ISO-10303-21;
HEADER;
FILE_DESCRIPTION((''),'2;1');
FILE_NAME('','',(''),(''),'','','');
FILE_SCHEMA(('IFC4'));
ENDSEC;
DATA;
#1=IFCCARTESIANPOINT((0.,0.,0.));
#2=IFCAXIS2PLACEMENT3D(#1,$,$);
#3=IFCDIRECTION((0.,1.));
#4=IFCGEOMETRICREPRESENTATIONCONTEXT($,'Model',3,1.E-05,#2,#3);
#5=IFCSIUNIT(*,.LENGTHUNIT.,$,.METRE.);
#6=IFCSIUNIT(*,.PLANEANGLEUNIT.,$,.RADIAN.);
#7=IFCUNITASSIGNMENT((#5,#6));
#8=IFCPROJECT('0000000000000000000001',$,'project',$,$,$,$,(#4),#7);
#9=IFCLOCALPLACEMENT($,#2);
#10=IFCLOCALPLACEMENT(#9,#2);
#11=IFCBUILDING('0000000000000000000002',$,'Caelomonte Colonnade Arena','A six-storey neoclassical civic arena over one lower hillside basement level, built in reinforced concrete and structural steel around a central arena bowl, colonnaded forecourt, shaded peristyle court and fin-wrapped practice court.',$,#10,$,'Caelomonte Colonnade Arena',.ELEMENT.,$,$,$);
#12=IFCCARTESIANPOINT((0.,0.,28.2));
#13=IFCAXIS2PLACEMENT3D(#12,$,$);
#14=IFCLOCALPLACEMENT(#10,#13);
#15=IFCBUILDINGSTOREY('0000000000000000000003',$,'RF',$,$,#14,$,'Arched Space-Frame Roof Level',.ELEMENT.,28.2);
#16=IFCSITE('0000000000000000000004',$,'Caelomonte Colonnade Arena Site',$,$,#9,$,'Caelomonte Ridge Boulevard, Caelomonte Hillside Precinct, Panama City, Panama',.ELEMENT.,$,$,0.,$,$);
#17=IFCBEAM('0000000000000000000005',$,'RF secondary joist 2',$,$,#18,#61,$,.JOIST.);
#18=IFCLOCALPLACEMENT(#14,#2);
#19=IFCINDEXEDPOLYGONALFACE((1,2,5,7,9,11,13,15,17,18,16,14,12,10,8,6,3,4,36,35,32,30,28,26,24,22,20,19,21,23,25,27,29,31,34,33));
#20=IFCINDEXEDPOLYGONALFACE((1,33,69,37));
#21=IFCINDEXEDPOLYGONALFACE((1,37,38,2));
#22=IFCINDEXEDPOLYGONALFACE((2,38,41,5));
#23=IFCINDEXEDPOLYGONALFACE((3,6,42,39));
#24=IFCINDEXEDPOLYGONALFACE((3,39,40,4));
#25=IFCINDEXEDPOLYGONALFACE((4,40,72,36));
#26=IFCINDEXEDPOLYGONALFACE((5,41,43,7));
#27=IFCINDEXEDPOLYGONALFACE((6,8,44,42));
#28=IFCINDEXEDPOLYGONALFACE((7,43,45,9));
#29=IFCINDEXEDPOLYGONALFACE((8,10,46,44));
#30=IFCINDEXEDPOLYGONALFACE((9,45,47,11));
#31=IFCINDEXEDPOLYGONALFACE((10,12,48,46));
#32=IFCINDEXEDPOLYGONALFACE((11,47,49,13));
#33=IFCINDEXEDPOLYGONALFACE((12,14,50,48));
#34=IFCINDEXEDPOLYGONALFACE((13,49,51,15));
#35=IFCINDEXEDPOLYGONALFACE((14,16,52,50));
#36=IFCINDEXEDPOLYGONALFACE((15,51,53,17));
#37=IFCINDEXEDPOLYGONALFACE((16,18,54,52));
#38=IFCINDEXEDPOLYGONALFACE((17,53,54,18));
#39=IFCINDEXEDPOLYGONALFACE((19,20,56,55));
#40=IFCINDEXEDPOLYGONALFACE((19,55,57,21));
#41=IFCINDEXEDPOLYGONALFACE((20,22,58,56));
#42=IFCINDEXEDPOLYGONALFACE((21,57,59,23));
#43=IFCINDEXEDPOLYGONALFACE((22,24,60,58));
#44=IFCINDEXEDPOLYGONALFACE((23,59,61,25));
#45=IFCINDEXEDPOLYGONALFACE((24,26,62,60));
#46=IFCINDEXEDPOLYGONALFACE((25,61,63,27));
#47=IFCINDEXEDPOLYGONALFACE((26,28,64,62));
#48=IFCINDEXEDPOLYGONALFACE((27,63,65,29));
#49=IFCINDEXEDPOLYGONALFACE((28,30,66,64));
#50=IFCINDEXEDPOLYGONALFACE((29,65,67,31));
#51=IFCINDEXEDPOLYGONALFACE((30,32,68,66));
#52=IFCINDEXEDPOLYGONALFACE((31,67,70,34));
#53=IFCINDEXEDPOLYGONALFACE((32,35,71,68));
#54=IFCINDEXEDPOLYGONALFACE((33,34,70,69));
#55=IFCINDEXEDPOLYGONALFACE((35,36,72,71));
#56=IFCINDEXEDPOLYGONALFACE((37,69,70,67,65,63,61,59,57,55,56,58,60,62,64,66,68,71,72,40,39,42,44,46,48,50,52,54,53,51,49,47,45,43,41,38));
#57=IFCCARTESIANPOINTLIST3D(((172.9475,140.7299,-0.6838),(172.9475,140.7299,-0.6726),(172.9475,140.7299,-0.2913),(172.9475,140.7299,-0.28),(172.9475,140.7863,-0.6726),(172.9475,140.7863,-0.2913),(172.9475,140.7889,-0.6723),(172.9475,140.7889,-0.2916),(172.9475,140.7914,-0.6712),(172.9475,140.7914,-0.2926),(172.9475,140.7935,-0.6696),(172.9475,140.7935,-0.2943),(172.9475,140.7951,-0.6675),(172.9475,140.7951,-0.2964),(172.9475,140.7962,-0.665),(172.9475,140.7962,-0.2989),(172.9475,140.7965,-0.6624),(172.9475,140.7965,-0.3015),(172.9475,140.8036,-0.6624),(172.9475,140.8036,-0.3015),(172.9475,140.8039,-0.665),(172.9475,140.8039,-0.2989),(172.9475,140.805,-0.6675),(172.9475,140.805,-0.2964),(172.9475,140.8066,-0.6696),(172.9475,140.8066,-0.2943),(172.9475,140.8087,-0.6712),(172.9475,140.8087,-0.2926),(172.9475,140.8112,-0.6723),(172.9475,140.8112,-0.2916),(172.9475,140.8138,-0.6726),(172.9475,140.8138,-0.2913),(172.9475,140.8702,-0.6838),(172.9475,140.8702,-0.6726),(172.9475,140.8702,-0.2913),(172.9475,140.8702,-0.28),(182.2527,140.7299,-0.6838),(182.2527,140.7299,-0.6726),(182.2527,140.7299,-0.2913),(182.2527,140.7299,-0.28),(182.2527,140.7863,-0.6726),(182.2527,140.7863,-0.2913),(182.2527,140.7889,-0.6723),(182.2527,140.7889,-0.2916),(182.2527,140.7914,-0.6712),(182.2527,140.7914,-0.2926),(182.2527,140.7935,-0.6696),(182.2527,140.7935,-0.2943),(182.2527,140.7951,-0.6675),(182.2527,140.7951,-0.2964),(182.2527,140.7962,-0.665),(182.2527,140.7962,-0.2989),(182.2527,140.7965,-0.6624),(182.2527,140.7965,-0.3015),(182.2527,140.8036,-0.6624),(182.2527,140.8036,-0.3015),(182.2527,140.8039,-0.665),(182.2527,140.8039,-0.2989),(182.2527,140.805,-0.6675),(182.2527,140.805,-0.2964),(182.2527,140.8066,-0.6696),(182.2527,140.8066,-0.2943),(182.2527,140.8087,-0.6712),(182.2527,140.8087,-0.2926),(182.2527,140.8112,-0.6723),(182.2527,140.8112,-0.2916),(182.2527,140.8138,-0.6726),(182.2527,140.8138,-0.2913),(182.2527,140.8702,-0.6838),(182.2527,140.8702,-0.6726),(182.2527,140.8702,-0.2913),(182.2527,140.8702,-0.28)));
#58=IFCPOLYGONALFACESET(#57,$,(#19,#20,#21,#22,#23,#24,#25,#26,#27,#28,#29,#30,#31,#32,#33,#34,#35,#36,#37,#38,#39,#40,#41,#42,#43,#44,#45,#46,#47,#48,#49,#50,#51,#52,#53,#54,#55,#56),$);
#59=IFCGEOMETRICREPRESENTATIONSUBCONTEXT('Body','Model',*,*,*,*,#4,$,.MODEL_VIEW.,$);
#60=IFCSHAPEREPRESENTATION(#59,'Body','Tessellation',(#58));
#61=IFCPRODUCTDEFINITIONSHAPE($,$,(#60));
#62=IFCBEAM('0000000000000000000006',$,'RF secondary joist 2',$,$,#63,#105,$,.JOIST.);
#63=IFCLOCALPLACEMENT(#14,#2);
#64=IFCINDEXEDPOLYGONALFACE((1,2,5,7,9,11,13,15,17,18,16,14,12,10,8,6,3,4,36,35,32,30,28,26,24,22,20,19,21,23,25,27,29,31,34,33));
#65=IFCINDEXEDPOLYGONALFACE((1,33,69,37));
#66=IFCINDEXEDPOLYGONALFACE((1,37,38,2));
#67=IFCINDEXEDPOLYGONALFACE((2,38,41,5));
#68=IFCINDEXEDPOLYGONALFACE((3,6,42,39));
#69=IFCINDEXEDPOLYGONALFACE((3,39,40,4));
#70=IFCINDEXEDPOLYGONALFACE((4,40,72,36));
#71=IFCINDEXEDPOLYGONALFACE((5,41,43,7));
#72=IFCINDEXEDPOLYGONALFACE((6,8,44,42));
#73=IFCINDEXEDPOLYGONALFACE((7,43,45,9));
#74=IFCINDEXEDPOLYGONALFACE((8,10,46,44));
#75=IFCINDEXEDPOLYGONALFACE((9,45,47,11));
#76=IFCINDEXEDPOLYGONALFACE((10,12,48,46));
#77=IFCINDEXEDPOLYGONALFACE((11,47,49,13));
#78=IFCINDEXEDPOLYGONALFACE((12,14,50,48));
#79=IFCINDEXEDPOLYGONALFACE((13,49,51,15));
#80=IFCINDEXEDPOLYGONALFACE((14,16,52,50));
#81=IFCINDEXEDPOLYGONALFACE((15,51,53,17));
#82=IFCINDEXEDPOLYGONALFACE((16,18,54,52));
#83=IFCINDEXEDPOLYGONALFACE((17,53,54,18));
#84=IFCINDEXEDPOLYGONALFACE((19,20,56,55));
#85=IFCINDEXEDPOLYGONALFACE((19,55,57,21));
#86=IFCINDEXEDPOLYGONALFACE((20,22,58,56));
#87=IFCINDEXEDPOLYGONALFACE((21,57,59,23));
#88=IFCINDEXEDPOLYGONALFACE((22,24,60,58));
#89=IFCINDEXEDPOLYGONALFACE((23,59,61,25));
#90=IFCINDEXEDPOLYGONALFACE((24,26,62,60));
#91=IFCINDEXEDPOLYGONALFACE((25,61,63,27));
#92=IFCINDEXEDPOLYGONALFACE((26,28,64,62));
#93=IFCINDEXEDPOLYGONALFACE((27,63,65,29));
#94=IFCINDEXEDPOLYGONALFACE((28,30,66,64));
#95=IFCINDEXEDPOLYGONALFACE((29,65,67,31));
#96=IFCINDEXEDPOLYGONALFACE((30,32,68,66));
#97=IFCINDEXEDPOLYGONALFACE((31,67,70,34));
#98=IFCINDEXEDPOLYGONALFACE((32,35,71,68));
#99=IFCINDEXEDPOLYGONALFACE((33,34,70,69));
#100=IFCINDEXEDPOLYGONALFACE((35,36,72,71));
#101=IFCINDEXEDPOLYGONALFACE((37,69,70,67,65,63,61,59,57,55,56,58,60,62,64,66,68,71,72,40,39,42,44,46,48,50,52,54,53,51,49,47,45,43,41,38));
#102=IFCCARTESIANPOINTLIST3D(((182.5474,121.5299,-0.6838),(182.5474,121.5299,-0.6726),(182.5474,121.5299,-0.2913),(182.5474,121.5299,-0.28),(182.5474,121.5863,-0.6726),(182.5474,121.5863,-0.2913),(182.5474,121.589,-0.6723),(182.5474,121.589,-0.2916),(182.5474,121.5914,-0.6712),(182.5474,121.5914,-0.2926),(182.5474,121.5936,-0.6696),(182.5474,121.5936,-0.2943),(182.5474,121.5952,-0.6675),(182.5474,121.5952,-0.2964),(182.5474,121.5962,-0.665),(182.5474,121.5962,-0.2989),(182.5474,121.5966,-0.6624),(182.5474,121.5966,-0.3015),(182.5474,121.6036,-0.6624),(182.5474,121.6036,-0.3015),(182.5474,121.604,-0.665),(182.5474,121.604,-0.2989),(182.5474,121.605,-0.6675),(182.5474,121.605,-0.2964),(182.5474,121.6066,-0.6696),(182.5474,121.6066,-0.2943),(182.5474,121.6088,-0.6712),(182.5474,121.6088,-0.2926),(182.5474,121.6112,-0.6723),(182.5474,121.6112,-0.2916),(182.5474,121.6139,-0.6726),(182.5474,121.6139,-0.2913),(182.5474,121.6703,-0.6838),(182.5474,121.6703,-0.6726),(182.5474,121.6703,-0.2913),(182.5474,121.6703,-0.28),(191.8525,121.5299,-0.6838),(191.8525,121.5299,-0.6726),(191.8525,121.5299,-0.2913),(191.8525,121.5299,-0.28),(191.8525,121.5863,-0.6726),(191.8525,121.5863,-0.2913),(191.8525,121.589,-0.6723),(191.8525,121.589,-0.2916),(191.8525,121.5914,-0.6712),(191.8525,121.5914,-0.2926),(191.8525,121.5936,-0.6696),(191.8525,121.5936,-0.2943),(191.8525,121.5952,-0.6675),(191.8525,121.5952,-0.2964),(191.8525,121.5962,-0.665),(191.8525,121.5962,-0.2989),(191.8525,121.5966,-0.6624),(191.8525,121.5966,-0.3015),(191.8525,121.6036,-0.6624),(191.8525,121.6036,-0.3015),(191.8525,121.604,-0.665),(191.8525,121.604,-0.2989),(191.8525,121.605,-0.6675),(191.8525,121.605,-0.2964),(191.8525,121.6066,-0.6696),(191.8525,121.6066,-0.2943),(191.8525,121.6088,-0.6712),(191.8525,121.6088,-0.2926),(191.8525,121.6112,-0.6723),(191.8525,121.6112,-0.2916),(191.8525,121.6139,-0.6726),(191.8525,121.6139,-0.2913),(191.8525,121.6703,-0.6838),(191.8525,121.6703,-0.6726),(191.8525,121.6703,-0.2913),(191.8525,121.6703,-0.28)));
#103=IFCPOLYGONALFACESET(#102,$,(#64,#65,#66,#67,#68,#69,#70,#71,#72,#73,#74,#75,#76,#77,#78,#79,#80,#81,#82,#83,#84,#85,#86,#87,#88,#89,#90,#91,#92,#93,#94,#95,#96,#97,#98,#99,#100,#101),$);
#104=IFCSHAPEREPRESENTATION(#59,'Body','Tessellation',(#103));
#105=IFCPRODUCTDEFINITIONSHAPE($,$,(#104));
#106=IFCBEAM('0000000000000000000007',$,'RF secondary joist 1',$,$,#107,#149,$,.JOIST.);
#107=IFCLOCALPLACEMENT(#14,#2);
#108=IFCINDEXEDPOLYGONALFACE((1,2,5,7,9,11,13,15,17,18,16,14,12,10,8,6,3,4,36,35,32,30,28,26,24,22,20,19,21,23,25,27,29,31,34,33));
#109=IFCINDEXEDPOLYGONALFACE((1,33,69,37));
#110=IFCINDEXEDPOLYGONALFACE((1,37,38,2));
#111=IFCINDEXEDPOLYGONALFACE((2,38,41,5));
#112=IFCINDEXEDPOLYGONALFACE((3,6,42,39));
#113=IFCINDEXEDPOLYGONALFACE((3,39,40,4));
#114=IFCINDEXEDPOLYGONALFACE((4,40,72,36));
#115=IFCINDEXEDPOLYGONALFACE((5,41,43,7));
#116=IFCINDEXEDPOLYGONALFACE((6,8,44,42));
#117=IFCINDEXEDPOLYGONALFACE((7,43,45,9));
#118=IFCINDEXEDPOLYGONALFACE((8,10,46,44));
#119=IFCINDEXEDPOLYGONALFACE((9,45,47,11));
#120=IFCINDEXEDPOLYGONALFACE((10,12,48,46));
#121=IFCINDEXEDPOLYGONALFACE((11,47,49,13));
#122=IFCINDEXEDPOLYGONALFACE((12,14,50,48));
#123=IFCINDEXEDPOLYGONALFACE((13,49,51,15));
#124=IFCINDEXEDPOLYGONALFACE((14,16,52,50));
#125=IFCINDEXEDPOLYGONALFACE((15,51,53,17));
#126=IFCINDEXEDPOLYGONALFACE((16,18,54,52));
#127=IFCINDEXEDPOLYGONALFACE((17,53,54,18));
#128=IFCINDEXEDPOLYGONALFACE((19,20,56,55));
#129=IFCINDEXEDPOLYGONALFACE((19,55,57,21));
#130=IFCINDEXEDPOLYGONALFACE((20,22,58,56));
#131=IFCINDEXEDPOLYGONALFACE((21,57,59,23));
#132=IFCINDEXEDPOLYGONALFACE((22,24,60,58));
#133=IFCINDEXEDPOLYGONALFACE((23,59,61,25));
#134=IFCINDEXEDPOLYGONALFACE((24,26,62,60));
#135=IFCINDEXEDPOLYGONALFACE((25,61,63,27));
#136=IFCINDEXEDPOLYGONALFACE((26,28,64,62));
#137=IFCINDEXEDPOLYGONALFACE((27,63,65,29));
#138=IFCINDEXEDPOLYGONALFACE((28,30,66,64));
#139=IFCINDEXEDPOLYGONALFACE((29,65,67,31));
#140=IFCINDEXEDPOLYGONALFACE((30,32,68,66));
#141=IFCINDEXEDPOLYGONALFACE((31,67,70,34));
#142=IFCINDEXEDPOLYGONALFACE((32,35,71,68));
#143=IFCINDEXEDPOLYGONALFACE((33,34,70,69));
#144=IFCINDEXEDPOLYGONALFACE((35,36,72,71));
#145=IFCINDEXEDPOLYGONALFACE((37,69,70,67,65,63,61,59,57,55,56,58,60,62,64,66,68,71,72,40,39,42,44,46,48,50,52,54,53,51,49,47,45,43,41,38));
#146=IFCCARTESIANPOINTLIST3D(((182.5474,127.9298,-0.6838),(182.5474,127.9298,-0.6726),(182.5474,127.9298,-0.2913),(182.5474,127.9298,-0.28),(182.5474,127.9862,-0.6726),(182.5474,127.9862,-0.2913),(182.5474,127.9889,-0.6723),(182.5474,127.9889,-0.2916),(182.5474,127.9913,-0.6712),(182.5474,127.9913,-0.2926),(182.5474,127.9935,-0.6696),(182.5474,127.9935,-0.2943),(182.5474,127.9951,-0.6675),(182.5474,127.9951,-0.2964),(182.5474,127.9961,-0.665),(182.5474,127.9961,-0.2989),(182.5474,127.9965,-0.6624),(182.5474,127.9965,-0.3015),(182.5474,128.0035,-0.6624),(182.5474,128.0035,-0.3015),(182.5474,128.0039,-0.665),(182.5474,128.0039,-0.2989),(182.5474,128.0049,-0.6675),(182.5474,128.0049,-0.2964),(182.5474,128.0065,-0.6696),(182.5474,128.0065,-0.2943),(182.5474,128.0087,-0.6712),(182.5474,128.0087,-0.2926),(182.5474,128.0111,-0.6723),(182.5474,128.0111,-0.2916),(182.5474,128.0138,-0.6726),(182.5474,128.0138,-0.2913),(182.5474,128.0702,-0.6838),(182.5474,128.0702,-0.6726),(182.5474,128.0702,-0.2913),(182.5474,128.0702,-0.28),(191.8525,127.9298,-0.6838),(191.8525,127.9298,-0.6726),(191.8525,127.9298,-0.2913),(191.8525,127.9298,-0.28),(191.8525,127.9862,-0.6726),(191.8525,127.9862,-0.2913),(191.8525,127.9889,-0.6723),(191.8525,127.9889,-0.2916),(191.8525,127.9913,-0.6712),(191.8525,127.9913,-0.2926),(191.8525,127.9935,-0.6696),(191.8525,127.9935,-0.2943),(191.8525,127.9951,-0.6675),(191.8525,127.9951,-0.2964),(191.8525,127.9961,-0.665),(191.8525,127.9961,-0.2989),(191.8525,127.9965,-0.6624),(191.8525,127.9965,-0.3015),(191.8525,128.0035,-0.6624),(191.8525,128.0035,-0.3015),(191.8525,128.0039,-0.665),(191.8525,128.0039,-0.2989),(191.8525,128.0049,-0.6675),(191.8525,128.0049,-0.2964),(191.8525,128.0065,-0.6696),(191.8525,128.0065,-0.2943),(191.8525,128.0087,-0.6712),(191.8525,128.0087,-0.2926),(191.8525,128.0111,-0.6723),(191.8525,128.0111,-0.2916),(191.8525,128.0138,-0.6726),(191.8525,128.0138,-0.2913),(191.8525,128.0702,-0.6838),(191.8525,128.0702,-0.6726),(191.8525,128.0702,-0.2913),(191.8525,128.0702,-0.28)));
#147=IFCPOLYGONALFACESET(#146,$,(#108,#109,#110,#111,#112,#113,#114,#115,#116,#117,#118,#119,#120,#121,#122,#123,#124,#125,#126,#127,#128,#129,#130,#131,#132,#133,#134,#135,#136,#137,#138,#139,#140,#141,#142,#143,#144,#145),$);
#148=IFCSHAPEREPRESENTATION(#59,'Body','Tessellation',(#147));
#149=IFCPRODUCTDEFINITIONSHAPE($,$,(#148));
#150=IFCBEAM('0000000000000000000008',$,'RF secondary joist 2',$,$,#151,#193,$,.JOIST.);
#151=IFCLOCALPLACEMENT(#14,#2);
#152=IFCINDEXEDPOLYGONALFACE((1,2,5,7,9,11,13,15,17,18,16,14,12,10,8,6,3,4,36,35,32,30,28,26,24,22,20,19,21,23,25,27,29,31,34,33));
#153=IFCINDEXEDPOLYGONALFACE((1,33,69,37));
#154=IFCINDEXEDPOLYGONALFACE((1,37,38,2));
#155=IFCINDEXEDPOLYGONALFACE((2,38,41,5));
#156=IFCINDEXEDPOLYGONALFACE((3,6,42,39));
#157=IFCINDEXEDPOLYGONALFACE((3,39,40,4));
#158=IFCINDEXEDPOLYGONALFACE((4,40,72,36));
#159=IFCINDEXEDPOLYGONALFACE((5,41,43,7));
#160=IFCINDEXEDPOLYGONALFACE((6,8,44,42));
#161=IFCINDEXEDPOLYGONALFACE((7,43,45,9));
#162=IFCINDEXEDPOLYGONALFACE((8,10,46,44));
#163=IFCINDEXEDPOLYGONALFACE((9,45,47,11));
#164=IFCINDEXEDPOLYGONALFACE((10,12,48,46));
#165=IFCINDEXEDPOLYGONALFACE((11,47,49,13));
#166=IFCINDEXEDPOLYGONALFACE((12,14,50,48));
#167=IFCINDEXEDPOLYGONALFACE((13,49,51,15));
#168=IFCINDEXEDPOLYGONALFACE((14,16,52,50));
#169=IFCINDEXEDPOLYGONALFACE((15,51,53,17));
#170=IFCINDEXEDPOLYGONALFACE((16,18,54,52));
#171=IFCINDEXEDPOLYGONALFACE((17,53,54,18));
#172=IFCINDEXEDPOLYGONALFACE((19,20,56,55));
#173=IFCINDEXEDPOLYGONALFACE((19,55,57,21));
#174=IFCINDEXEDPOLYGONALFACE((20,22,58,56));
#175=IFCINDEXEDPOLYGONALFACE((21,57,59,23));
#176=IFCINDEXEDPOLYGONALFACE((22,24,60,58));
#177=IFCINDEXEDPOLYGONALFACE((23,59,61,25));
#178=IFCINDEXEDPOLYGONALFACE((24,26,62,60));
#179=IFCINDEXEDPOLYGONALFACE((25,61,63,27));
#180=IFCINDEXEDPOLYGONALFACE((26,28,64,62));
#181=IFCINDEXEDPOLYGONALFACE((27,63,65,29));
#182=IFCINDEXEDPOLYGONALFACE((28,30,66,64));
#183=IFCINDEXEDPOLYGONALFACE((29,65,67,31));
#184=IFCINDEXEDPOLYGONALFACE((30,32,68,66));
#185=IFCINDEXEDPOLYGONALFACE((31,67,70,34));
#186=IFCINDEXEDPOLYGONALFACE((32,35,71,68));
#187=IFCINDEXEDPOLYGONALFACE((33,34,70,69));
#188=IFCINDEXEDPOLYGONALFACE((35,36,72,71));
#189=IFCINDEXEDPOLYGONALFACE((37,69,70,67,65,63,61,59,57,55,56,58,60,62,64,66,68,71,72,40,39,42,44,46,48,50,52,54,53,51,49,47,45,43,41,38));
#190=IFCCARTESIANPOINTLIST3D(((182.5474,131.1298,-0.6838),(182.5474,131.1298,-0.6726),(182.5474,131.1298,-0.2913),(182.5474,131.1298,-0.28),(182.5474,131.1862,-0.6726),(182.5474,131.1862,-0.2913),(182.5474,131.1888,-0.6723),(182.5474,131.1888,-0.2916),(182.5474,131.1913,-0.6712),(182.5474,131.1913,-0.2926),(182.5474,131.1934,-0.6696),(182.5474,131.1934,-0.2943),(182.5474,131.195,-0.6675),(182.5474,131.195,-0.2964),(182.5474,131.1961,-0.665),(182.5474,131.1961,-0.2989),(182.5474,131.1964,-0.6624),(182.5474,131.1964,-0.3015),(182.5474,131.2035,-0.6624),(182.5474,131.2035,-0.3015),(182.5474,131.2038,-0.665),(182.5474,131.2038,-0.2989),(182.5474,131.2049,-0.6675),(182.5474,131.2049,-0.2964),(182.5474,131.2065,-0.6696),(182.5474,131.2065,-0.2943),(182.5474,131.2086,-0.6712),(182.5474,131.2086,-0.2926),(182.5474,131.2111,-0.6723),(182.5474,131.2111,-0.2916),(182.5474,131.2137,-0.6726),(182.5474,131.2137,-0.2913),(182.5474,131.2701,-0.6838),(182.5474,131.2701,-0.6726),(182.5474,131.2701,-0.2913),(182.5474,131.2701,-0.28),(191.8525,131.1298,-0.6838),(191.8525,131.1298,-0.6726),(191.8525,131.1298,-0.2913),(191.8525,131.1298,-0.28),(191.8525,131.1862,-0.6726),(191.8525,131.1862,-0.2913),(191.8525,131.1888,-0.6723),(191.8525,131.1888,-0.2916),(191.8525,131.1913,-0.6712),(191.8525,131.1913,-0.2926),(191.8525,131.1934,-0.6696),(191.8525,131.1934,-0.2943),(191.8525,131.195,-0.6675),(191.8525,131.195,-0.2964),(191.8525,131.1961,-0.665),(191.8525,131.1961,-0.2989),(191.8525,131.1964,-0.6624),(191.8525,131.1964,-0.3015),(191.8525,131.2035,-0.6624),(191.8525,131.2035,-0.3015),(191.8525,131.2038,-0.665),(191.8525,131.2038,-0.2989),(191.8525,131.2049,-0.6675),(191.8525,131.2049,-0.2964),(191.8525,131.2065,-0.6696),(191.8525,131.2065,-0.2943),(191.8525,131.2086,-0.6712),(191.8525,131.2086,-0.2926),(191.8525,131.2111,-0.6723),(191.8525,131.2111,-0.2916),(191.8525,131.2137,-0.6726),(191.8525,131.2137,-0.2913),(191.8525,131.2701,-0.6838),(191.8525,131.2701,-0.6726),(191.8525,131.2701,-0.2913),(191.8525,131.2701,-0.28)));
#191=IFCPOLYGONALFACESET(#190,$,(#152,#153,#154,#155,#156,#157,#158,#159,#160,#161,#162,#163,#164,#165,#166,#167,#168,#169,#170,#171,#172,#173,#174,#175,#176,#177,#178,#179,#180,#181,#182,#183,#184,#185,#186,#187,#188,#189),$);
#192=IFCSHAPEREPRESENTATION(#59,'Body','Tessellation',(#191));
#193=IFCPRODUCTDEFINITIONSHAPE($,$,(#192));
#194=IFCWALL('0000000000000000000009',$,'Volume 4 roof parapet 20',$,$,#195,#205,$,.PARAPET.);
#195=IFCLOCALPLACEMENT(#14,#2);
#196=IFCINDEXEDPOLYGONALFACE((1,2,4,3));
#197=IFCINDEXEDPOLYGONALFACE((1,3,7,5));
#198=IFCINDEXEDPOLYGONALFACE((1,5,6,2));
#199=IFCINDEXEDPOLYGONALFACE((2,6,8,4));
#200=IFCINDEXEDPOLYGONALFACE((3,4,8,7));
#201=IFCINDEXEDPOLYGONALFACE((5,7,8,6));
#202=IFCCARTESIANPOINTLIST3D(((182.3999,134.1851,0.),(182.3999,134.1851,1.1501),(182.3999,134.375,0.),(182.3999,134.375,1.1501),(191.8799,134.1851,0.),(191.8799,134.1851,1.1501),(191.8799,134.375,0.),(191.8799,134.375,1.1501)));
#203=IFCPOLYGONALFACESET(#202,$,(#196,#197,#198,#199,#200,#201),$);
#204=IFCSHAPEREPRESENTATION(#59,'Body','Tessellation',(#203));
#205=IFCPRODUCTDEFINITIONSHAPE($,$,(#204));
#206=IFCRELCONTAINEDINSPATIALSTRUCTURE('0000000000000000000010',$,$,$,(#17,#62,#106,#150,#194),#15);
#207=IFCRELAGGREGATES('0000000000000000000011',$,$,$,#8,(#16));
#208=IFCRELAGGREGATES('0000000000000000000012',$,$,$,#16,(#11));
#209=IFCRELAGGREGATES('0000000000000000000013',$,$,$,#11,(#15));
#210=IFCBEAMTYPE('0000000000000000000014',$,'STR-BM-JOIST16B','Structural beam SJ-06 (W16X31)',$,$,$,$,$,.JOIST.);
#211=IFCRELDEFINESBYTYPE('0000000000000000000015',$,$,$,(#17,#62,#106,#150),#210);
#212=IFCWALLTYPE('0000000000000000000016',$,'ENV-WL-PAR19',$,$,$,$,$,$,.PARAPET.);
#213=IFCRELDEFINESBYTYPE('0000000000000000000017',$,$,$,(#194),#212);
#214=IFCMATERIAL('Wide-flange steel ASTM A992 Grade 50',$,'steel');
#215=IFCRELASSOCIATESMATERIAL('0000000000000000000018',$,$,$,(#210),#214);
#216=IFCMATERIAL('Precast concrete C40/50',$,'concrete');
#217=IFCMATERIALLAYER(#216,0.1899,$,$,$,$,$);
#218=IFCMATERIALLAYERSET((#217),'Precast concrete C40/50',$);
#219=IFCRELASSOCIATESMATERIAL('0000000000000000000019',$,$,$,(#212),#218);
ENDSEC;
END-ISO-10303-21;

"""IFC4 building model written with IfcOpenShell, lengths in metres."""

from ifc_helpers import new_model, si_unit, direction, frame, frame_2d, origin, origin_2d, place, context, subcontext, project, spatial, rectangle, i_section, extrude, material, layer, layer_set, material_profile, profile_set, type_object, element, save


model = new_model("IFC4")

# Units and contexts
model_context = context("Model", 3, precision=1e-05, world=origin(), true_north=direction((0.0, 1.0)))
body_context = subcontext(model_context, "Body", "Model", "MODEL_VIEW")
ifc_project = project(units=[si_unit("LENGTHUNIT", "METRE"), si_unit("PLANEANGLEUNIT", "RADIAN")], contexts=[model_context])

# Site, building, storey
site_placement = place(None, origin())
site = spatial("IfcSite", under=ifc_project, at=site_placement, Name="Caelomonte Colonnade Arena Site", LongName="Caelomonte Ridge Boulevard, Caelomonte Hillside Precinct, Panama City, Panama", CompositionType="ELEMENT", RefElevation=0.0)
building_placement = place(site_placement, origin())
building = spatial("IfcBuilding", under=site, at=building_placement, Name="Caelomonte Colonnade Arena", Description="A six-storey neoclassical civic arena over one lower hillside basement level, built in reinforced concrete and structural steel around a central arena bowl, colonnaded forecourt, shaded peristyle court and fin-wrapped practice court.", LongName="Caelomonte Colonnade Arena", CompositionType="ELEMENT")
storey_placement = place(building_placement, frame((0.0, 0.0, 28.2)))
storey = spatial("IfcBuildingStorey", under=building, at=storey_placement, Name="RF", LongName="Arched Space-Frame Roof Level", CompositionType="ELEMENT", Elevation=28.2)

# Beams
ifc_material_1 = material(Name="Wide-flange steel ASTM A992 Grade 50", Category="steel")
ifc_material_profile_1 = material_profile(ifc_material_1, i_section(OverallWidth=0.1404, OverallDepth=0.4038, WebThickness=0.0071, FlangeThickness=0.0112, FilletRadius=0.0103, at=origin_2d()), Name="W16X31")
ifc_profile_set_1 = profile_set([ifc_material_profile_1], Name="Wide-flange steel ASTM A992 Grade 50")
beam_type_1 = type_object("IfcBeamType", Name="STR-BM-JOIST16B", Description="Structural beam SJ-06 (W16X31)", PredefinedType="JOIST", material=ifc_profile_set_1)
for number, where, z_axis, x_axis, name in (
    (1, (172.9475, 140.8, -0.4819), (1.0, 0.0, 0.0), (0.0, 1.0, 0.0), "RF secondary joist 2"),
    (2, (182.5474, 121.6001, -0.4819), (1.0, 0.0, 0.0), (0.0, 1.0, 0.0), "RF secondary joist 2"),
    (3, (182.5474, 128.0, -0.4819), (1.0, 0.0, 0.0), (0.0, 1.0, 0.0), "RF secondary joist 1"),
    (4, (182.5474, 131.2, -0.4819), (1.0, 0.0, 0.0), (0.0, 1.0, 0.0), "RF secondary joist 2"),
):
    element("IfcBeam", number, at=place(storey_placement, frame(where, z_axis=z_axis, x_axis=x_axis)), inside=storey, type_object=beam_type_1, Name=name, PredefinedType="JOIST", context=body_context, shape_type="SweptSolid", body=[
        extrude(i_section(OverallWidth=0.1404, OverallDepth=0.4038, WebThickness=0.0071, FlangeThickness=0.0112, FilletRadius=0.0103, at=origin_2d()), origin(), (0.0, 0.0, 1.0), 9.3052),
    ])

# Wall
ifc_material_2 = material(Name="Precast concrete C40/50", Category="concrete")
ifc_layer_1 = layer(ifc_material_2, 0.1899)
ifc_layer_set_1 = layer_set([ifc_layer_1], Name="Precast concrete C40/50")
wall_type_1 = type_object("IfcWallType", Name="ENV-WL-PAR19", PredefinedType="PARAPET", material=ifc_layer_set_1)
wall_1_placement = place(storey_placement, frame((182.3999, 134.28, 0.0), z_axis=(0.0, 0.0, 1.0), x_axis=(1.0, 0.0, 0.0)))
element("IfcWall", 5, at=wall_1_placement, inside=storey, type_object=wall_type_1, Name="Volume 4 roof parapet 20", PredefinedType="PARAPET", context=body_context, shape_type="SweptSolid", body=[
    extrude(rectangle(XDim=9.48, YDim=0.1899, at=frame_2d((4.74, 0.0))), origin(), (0.0, 0.0, 1.0), 1.1501),
])

save(model, "model.ifc")
